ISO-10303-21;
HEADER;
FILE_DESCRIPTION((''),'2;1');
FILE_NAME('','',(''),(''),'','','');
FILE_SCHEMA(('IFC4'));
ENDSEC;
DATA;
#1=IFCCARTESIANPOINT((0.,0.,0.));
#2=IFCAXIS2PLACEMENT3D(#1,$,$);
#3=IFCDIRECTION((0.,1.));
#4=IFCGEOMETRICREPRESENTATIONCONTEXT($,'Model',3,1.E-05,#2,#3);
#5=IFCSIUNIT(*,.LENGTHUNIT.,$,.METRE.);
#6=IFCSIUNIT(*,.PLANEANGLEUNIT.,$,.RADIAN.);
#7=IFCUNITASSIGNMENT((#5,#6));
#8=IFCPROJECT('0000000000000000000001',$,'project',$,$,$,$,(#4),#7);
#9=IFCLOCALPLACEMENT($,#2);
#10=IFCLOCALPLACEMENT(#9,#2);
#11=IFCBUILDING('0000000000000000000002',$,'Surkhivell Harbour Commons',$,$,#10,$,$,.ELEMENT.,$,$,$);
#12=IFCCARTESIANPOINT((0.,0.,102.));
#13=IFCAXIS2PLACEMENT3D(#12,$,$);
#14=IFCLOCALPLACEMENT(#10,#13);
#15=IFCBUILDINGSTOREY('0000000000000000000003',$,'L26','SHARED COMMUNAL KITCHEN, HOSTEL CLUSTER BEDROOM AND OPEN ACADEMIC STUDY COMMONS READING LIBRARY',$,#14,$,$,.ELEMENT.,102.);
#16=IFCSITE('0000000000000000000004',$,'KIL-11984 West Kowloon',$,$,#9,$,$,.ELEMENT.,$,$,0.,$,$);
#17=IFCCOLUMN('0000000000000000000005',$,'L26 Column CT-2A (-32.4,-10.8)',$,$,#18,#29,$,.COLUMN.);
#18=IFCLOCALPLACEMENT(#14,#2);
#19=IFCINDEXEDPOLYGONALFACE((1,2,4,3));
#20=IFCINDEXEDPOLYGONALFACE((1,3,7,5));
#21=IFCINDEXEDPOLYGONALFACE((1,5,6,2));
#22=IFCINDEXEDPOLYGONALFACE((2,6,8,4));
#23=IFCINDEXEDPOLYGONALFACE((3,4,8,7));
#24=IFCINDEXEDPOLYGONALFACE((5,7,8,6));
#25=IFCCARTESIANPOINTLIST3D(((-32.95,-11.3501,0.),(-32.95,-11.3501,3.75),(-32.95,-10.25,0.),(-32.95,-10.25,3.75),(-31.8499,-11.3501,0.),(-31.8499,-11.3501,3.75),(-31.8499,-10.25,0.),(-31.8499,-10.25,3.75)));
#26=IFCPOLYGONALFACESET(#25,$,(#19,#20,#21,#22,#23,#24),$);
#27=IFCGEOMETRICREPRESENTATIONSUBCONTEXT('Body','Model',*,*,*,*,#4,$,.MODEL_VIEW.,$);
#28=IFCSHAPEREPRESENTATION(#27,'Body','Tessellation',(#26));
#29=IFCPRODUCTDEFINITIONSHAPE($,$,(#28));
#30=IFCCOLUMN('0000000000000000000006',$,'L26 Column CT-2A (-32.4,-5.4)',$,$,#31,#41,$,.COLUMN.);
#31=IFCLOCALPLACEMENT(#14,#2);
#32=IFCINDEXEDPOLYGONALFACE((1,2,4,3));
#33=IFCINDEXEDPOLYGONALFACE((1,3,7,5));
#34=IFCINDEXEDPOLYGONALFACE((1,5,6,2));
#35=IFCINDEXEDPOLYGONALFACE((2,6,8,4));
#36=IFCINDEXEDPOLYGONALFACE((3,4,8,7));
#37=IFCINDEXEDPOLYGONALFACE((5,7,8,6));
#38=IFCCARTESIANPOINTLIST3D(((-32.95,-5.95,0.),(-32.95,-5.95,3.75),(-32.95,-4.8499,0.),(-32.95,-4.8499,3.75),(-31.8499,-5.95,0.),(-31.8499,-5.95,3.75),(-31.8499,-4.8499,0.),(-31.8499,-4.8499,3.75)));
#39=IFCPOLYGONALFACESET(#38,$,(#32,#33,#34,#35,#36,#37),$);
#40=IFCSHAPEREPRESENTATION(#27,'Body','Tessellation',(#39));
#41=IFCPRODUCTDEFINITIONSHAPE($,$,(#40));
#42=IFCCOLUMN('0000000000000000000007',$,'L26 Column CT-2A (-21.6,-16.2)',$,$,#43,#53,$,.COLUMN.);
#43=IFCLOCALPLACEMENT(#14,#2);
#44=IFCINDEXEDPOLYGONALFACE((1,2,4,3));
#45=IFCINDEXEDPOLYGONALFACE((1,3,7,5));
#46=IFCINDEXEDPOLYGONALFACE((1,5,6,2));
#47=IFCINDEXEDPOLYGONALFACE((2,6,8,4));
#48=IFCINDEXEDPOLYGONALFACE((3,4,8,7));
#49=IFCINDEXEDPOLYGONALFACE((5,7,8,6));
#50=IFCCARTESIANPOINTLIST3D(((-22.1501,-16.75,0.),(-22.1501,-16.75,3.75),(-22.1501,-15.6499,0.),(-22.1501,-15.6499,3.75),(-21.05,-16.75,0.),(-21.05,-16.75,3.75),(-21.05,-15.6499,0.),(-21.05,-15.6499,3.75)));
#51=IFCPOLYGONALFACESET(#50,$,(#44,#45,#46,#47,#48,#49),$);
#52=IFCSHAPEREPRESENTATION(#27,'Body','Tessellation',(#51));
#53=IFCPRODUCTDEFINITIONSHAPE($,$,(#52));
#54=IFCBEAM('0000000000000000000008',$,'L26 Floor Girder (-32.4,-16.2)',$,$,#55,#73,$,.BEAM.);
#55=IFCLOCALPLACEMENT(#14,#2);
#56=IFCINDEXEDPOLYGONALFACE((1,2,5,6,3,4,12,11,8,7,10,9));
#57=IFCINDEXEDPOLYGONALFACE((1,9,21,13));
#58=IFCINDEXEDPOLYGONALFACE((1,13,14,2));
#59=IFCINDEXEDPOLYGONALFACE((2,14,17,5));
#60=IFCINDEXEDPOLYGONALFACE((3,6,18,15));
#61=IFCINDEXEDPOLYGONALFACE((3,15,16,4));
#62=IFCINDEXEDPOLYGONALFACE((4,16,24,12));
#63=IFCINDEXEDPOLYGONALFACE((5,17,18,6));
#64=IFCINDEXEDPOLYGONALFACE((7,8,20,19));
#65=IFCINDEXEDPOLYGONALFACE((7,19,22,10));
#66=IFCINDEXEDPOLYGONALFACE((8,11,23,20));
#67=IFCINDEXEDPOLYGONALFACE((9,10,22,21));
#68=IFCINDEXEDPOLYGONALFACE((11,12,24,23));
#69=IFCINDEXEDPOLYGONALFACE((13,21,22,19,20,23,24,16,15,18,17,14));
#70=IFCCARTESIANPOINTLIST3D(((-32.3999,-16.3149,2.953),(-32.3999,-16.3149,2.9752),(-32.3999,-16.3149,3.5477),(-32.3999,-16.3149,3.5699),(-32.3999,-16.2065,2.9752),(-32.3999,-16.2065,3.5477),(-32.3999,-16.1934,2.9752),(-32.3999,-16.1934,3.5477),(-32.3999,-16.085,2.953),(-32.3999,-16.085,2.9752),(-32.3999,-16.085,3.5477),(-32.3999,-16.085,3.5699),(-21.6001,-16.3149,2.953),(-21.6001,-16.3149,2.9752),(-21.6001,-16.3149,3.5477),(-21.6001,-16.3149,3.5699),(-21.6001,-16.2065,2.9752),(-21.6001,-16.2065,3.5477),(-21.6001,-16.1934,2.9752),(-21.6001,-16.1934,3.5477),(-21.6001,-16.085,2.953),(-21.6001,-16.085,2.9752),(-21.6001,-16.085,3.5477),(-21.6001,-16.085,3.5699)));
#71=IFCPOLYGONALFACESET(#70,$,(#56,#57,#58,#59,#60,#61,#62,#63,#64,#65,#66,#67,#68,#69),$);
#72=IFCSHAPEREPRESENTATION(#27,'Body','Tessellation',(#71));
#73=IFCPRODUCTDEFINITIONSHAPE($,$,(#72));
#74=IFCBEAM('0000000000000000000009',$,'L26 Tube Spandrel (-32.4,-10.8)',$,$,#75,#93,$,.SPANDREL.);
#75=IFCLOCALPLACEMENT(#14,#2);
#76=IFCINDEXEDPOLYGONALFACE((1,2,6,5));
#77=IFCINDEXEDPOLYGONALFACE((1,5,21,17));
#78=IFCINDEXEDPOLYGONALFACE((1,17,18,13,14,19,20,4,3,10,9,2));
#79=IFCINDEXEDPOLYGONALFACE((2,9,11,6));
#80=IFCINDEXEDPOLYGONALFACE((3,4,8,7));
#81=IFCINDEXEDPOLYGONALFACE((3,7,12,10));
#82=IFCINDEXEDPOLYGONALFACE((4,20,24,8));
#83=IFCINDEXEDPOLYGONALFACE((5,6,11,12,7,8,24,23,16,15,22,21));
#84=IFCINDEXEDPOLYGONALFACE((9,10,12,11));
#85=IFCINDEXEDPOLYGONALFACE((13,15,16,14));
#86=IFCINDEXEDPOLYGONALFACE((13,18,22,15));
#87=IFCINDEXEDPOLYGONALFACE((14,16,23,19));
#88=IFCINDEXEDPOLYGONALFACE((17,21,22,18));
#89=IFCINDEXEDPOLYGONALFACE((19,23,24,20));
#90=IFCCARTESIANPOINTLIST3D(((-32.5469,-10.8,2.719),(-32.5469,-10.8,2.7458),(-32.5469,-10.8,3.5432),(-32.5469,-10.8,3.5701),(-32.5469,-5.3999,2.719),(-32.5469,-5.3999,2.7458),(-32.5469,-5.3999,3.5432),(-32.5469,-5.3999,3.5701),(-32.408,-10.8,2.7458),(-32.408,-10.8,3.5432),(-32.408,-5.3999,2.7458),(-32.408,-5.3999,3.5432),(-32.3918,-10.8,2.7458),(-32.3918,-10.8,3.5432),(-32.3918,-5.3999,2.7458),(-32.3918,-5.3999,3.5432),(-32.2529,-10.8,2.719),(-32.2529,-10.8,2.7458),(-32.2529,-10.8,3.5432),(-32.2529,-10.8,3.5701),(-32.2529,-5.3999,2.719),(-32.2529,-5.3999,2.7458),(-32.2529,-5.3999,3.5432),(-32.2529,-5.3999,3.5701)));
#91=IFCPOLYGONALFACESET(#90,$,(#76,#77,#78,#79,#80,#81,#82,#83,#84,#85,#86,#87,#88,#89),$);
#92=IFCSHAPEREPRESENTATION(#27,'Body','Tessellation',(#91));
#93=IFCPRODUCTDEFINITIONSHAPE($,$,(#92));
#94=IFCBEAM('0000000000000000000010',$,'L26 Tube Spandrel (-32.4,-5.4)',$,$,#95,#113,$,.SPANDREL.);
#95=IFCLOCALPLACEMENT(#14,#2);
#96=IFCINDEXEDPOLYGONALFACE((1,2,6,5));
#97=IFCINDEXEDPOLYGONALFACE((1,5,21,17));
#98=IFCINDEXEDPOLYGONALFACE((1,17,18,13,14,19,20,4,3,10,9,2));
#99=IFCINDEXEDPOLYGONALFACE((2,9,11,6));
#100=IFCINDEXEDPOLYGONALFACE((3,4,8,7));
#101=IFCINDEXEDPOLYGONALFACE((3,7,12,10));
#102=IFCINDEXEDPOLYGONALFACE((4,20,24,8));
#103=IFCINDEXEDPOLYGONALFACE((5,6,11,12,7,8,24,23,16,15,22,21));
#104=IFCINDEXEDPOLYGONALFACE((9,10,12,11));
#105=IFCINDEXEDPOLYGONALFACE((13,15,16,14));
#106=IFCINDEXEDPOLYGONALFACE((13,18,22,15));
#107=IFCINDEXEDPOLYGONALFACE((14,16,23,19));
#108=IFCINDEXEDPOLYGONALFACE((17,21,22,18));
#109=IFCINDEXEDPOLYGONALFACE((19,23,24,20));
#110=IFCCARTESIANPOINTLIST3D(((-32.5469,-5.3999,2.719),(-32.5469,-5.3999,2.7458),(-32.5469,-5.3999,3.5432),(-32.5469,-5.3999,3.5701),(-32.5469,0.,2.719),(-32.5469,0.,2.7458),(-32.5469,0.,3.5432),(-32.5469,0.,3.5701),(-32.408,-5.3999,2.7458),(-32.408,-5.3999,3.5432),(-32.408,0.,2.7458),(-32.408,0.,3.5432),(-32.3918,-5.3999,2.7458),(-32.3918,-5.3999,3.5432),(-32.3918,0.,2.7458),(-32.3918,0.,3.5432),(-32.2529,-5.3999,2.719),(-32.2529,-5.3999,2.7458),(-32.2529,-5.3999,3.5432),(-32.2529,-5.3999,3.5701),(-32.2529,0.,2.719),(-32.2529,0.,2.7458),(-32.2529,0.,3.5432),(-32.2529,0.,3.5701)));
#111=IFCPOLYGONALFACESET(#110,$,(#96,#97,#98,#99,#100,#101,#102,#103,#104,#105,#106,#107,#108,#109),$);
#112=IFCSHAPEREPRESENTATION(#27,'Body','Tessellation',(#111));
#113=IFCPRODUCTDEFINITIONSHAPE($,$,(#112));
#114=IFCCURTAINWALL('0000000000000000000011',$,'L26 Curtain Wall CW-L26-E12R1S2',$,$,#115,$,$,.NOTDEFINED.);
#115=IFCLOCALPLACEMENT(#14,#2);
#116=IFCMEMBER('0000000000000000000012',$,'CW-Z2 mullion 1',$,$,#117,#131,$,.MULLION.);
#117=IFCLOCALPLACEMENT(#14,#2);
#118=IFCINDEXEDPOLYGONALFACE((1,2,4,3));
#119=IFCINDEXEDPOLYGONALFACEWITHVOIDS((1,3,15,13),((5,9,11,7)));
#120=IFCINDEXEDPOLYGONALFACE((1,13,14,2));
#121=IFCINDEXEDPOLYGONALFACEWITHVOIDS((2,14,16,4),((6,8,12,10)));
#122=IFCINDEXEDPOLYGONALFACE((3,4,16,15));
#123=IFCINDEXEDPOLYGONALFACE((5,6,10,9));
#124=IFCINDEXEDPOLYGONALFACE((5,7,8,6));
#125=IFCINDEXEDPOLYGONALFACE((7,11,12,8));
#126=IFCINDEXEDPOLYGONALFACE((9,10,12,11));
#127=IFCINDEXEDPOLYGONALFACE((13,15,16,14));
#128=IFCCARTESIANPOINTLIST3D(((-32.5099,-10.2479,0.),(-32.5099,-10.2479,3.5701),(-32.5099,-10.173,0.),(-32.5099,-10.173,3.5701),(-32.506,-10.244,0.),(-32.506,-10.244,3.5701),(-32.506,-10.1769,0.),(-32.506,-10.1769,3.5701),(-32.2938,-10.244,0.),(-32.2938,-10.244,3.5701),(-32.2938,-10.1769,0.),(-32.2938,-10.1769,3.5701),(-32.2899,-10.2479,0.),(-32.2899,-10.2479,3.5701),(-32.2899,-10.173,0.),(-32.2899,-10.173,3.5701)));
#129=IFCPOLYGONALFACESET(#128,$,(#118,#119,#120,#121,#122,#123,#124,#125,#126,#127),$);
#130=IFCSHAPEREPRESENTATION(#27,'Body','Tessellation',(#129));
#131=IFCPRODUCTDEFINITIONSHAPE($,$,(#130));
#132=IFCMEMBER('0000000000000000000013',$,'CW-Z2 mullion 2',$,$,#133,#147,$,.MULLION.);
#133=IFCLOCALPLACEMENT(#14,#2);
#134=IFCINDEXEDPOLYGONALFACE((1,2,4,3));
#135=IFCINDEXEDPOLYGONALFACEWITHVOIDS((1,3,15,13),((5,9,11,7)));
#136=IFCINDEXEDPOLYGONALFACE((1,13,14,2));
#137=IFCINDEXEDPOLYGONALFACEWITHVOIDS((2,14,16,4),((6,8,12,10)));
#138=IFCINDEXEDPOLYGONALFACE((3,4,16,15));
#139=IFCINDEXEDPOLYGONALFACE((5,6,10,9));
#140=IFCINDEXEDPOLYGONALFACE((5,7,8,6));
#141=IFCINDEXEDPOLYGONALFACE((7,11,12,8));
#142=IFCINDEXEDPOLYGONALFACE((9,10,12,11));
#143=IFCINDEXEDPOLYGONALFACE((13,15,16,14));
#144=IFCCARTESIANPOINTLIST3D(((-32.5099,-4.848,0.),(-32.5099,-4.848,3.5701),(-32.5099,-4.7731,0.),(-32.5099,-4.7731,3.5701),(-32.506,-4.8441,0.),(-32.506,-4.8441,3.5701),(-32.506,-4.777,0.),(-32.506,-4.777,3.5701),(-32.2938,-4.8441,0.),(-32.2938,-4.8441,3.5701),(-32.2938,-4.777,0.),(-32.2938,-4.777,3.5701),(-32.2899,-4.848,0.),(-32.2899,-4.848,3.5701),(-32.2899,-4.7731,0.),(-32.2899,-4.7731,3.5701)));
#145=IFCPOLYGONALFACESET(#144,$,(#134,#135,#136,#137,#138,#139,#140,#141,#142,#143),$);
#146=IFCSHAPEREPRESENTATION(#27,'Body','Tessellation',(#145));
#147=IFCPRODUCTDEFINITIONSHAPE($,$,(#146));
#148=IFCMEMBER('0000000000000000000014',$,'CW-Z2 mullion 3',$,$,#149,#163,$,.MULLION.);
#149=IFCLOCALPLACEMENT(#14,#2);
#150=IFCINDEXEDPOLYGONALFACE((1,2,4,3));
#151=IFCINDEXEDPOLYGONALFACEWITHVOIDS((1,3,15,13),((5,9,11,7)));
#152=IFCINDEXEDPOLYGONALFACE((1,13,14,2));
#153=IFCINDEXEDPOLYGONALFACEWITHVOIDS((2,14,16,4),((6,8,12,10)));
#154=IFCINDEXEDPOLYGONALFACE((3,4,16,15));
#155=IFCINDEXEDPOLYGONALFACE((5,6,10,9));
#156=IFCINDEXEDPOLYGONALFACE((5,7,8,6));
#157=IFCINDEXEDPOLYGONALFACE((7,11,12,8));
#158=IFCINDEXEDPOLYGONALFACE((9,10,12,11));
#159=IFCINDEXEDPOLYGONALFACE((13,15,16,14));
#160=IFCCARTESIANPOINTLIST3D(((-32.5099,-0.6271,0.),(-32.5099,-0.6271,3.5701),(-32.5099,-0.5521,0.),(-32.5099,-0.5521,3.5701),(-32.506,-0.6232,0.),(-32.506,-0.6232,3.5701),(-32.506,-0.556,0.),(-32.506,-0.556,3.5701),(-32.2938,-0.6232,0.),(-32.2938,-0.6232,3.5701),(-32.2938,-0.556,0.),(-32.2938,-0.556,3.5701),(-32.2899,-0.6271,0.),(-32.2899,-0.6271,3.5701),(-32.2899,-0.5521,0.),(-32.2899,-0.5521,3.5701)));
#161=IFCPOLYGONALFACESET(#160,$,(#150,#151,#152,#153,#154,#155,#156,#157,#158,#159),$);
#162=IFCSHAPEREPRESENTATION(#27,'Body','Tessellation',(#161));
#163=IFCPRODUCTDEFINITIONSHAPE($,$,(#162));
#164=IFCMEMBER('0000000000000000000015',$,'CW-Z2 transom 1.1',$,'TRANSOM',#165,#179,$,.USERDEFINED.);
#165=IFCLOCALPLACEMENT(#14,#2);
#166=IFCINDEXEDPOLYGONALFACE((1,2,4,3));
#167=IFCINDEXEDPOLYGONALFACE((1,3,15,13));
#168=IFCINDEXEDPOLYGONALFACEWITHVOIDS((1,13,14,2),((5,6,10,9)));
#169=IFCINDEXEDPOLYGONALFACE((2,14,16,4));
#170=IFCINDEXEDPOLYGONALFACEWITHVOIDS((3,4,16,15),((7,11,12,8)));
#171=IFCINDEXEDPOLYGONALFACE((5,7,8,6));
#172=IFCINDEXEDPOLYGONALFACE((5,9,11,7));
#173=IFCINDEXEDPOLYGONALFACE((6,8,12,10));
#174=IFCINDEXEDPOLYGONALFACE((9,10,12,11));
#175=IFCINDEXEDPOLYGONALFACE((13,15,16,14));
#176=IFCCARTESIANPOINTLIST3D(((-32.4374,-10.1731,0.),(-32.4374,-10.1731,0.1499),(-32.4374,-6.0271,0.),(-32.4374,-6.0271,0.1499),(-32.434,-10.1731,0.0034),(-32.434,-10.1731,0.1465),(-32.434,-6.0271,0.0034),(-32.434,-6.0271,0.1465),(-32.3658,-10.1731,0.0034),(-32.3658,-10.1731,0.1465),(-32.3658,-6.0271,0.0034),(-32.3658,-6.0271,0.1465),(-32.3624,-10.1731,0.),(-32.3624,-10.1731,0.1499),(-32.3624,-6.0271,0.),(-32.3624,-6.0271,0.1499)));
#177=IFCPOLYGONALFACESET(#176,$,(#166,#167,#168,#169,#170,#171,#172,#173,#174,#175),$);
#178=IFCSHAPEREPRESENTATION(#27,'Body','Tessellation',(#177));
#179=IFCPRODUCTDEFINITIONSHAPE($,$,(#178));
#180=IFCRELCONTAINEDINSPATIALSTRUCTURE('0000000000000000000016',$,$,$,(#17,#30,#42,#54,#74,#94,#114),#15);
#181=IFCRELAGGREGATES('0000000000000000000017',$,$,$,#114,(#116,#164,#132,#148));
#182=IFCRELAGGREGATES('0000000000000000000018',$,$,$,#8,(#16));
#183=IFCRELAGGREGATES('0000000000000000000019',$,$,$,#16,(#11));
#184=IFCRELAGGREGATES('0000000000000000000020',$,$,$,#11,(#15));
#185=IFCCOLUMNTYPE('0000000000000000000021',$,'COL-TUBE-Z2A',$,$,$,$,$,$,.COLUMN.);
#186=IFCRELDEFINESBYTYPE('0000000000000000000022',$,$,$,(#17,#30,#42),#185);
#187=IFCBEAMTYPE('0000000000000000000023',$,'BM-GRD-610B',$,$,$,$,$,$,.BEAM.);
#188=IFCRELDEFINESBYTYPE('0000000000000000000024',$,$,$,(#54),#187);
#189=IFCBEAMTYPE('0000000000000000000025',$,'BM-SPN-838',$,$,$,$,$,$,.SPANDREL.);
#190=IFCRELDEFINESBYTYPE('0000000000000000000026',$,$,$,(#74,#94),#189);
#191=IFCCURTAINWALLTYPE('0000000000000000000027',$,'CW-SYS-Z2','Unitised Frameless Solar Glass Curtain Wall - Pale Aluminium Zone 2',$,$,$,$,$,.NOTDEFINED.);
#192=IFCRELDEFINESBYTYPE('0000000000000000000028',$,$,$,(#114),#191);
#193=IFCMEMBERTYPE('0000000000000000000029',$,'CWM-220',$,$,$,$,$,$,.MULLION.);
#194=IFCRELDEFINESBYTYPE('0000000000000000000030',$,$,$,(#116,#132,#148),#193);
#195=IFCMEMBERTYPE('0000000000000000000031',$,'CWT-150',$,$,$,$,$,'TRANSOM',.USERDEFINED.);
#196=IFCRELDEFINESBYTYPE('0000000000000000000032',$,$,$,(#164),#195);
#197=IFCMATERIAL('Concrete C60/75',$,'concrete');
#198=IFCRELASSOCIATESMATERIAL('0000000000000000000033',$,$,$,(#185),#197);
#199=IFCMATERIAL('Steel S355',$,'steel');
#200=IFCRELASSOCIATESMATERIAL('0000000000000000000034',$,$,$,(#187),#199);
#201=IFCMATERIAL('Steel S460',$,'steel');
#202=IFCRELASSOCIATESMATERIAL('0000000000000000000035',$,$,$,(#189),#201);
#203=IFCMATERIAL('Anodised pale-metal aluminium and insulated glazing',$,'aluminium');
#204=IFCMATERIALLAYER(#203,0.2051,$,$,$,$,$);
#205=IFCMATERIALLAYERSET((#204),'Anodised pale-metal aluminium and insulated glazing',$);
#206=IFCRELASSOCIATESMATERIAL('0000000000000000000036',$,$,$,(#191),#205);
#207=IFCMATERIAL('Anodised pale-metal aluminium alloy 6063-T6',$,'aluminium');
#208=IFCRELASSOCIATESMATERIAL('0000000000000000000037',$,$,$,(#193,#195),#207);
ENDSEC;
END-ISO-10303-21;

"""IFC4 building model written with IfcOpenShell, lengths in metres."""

from ifc_helpers import new_model, si_unit, direction, frame, origin, origin_2d, place, context, subcontext, project, spatial, rectangle, hollow_rectangle, i_section, extrude, material, layer, layer_set, material_profile, profile_set, type_object, element, aggregate, save


model = new_model("IFC4")

# Units and contexts
model_context = context("Model", 3, precision=1e-05, world=origin(), true_north=direction((0.0, 1.0)))
body_context = subcontext(model_context, "Body", "Model", "MODEL_VIEW")
ifc_project = project(units=[si_unit("LENGTHUNIT", "METRE"), si_unit("PLANEANGLEUNIT", "RADIAN")], contexts=[model_context])

# Site, building, storey
site_placement = place(None, origin())
site = spatial("IfcSite", under=ifc_project, at=site_placement, Name="KIL-11984 West Kowloon", CompositionType="ELEMENT", RefElevation=0.0)
building_placement = place(site_placement, origin())
building = spatial("IfcBuilding", under=site, at=building_placement, Name="Surkhivell Harbour Commons", CompositionType="ELEMENT")
storey_placement = place(building_placement, frame((0.0, 0.0, 102.0)))
storey = spatial("IfcBuildingStorey", under=building, at=storey_placement, Name="L26", Description="SHARED COMMUNAL KITCHEN, HOSTEL CLUSTER BEDROOM AND OPEN ACADEMIC STUDY COMMONS READING LIBRARY", CompositionType="ELEMENT", Elevation=102.0)

# Columns
ifc_material_1 = material(Name="Concrete C60/75", Category="concrete")
ifc_material_profile_1 = material_profile(ifc_material_1, rectangle(XDim=1.1001, YDim=1.1001, at=origin_2d()), Name="RC-COL-1100x1100")
ifc_profile_set_1 = profile_set([ifc_material_profile_1], Name="Concrete C60/75")
column_type = type_object("IfcColumnType", Name="COL-TUBE-Z2A", PredefinedType="COLUMN", material=ifc_profile_set_1)
for number, where, z_axis, x_axis, name in (
    (1, (-32.3999, -10.8, 0.0), (0.0, 0.0, 1.0), (1.0, 0.0, 0.0), "L26 Column CT-2A (-32.4,-10.8)"),
    (2, (-32.3999, -5.3999, 0.0), (0.0, 0.0, 1.0), (1.0, 0.0, 0.0), "L26 Column CT-2A (-32.4,-5.4)"),
    (3, (-21.6001, -16.2, 0.0), (0.0, 0.0, 1.0), (1.0, 0.0, 0.0), "L26 Column CT-2A (-21.6,-16.2)"),
):
    element("IfcColumn", number, at=place(storey_placement, frame(where, z_axis=z_axis, x_axis=x_axis)), inside=storey, type_object=column_type, Name=name, PredefinedType="COLUMN", context=body_context, shape_type="SweptSolid", body=[
        extrude(rectangle(XDim=1.1001, YDim=1.1001, at=origin_2d()), origin(), (0.0, 0.0, 1.0), 3.75),
    ])

# Beams
ifc_material_2 = material(Name="Steel S355", Category="steel")
ifc_material_profile_2 = material_profile(ifc_material_2, i_section(OverallWidth=0.23, OverallDepth=0.6169, WebThickness=0.0132, FlangeThickness=0.0222, at=origin_2d()), Name="UB610x229x140")
ifc_profile_set_2 = profile_set([ifc_material_profile_2], Name="Steel S355")
beam_type_1 = type_object("IfcBeamType", Name="BM-GRD-610B", PredefinedType="BEAM", material=ifc_profile_set_2)
beam_1_placement = place(storey_placement, frame((-32.3999, -16.2, 3.2615), z_axis=(1.0, 0.0, 0.0), x_axis=(0.0, 1.0, 0.0)))
element("IfcBeam", 4, at=beam_1_placement, inside=storey, type_object=beam_type_1, Name="L26 Floor Girder (-32.4,-16.2)", PredefinedType="BEAM", context=body_context, shape_type="SweptSolid", body=[
    extrude(i_section(OverallWidth=0.23, OverallDepth=0.6169, WebThickness=0.0132, FlangeThickness=0.0222, at=origin_2d()), origin(), (0.0, 0.0, 1.0), 10.7998),
])
ifc_material_3 = material(Name="Steel S460", Category="steel")
ifc_material_profile_3 = material_profile(ifc_material_3, i_section(OverallWidth=0.2939, OverallDepth=0.8511, WebThickness=0.0161, FlangeThickness=0.0269, at=origin_2d()), Name="UB838x292x226")
ifc_profile_set_3 = profile_set([ifc_material_profile_3], Name="Steel S460")
beam_type_2 = type_object("IfcBeamType", Name="BM-SPN-838", PredefinedType="SPANDREL", material=ifc_profile_set_3)
beam_2_placement = place(storey_placement, frame((-32.3999, -10.8, 3.1445), z_axis=(0.0, 1.0, 0.0), x_axis=(-1.0, 0.0, 0.0)))
element("IfcBeam", 5, at=beam_2_placement, inside=storey, type_object=beam_type_2, Name="L26 Tube Spandrel (-32.4,-10.8)", PredefinedType="SPANDREL", context=body_context, shape_type="SweptSolid", body=[
    extrude(i_section(OverallWidth=0.2939, OverallDepth=0.8511, WebThickness=0.0161, FlangeThickness=0.0269, at=origin_2d()), origin(), (0.0, 0.0, 1.0), 5.4001),
])
beam_3_placement = place(storey_placement, frame((-32.3999, -5.3999, 3.1445), z_axis=(0.0, 1.0, 0.0), x_axis=(-1.0, 0.0, 0.0)))
element("IfcBeam", 6, at=beam_3_placement, inside=storey, type_object=beam_type_2, Name="L26 Tube Spandrel (-32.4,-5.4)", PredefinedType="SPANDREL", context=body_context, shape_type="SweptSolid", body=[
    extrude(i_section(OverallWidth=0.2939, OverallDepth=0.8511, WebThickness=0.0161, FlangeThickness=0.0269, at=origin_2d()), origin(), (0.0, 0.0, 1.0), 5.3999),
])

# Curtain wall, members
ifc_material_4 = material(Name="Anodised pale-metal aluminium and insulated glazing", Category="aluminium")
ifc_layer_1 = layer(ifc_material_4, 0.2051)
ifc_layer_set_1 = layer_set([ifc_layer_1], Name="Anodised pale-metal aluminium and insulated glazing")
curtain_wall_type = type_object("IfcCurtainWallType", Name="CW-SYS-Z2", Description="Unitised Frameless Solar Glass Curtain Wall - Pale Aluminium Zone 2", PredefinedType="NOTDEFINED", material=ifc_layer_set_1)
curtain_wall_placement = place(storey_placement, origin())
curtain_wall = element("IfcCurtainWall", 7, at=curtain_wall_placement, inside=storey, type_object=curtain_wall_type, Name="L26 Curtain Wall CW-L26-E12R1S2", PredefinedType="NOTDEFINED")
ifc_material_5 = material(Name="Anodised pale-metal aluminium alloy 6063-T6", Category="aluminium")
ifc_material_profile_4 = material_profile(ifc_material_5, hollow_rectangle(XDim=0.075, YDim=0.22, WallThickness=0.0039, at=origin_2d()), Name="ALU-MULL-75x220")
ifc_profile_set_4 = profile_set([ifc_material_profile_4], Name="Anodised pale-metal aluminium alloy 6063-T6")
member_type_1 = type_object("IfcMemberType", Name="CWM-220", PredefinedType="MULLION", material=ifc_profile_set_4)
member_1_placement = place(storey_placement, frame((-32.3999, -10.2104, 0.0), z_axis=(0.0, 0.0, 1.0), x_axis=(0.0, 1.0, 0.0)))
member_1 = element("IfcMember", 8, at=member_1_placement, type_object=member_type_1, Name="CW-Z2 mullion 1", PredefinedType="MULLION", context=body_context, shape_type="SweptSolid", body=[
    extrude(hollow_rectangle(XDim=0.075, YDim=0.22, WallThickness=0.0039, at=origin_2d()), origin(), (0.0, 0.0, 1.0), 3.5701),
])
member_2_placement = place(storey_placement, frame((-32.3999, -4.8105, 0.0), z_axis=(0.0, 0.0, 1.0), x_axis=(0.0, 1.0, 0.0)))
member_2 = element("IfcMember", 9, at=member_2_placement, type_object=member_type_1, Name="CW-Z2 mullion 2", PredefinedType="MULLION", context=body_context, shape_type="SweptSolid", body=[
    extrude(hollow_rectangle(XDim=0.075, YDim=0.22, WallThickness=0.0039, at=origin_2d()), origin(), (0.0, 0.0, 1.0), 3.5701),
])
member_3_placement = place(storey_placement, frame((-32.3999, -0.5896, 0.0), z_axis=(0.0, 0.0, 1.0), x_axis=(0.0, 1.0, 0.0)))
member_3 = element("IfcMember", 10, at=member_3_placement, type_object=member_type_1, Name="CW-Z2 mullion 3", PredefinedType="MULLION", context=body_context, shape_type="SweptSolid", body=[
    extrude(hollow_rectangle(XDim=0.075, YDim=0.22, WallThickness=0.0039, at=origin_2d()), origin(), (0.0, 0.0, 1.0), 3.5701),
])
ifc_material_profile_5 = material_profile(ifc_material_5, hollow_rectangle(XDim=0.075, YDim=0.1499, WallThickness=0.0034, at=origin_2d()), Name="ALU-TRAN-75x150")
ifc_profile_set_5 = profile_set([ifc_material_profile_5], Name="Anodised pale-metal aluminium alloy 6063-T6")
member_type_2 = type_object("IfcMemberType", Name="CWT-150", ElementType="TRANSOM", PredefinedType="USERDEFINED", material=ifc_profile_set_5)
member_4_placement = place(storey_placement, frame((-32.3999, -10.1731, 0.075), z_axis=(0.0, 1.0, 0.0), x_axis=(-1.0, 0.0, 0.0)))
member_4 = element("IfcMember", 11, at=member_4_placement, type_object=member_type_2, Name="CW-Z2 transom 1.1", ObjectType="TRANSOM", PredefinedType="USERDEFINED", context=body_context, shape_type="SweptSolid", body=[
    extrude(hollow_rectangle(XDim=0.075, YDim=0.1499, WallThickness=0.0034, at=origin_2d()), origin(), (0.0, 0.0, 1.0), 4.146),
])

aggregate(curtain_wall, [member_1, member_4, member_2, member_3])

save(model, "model.ifc")
